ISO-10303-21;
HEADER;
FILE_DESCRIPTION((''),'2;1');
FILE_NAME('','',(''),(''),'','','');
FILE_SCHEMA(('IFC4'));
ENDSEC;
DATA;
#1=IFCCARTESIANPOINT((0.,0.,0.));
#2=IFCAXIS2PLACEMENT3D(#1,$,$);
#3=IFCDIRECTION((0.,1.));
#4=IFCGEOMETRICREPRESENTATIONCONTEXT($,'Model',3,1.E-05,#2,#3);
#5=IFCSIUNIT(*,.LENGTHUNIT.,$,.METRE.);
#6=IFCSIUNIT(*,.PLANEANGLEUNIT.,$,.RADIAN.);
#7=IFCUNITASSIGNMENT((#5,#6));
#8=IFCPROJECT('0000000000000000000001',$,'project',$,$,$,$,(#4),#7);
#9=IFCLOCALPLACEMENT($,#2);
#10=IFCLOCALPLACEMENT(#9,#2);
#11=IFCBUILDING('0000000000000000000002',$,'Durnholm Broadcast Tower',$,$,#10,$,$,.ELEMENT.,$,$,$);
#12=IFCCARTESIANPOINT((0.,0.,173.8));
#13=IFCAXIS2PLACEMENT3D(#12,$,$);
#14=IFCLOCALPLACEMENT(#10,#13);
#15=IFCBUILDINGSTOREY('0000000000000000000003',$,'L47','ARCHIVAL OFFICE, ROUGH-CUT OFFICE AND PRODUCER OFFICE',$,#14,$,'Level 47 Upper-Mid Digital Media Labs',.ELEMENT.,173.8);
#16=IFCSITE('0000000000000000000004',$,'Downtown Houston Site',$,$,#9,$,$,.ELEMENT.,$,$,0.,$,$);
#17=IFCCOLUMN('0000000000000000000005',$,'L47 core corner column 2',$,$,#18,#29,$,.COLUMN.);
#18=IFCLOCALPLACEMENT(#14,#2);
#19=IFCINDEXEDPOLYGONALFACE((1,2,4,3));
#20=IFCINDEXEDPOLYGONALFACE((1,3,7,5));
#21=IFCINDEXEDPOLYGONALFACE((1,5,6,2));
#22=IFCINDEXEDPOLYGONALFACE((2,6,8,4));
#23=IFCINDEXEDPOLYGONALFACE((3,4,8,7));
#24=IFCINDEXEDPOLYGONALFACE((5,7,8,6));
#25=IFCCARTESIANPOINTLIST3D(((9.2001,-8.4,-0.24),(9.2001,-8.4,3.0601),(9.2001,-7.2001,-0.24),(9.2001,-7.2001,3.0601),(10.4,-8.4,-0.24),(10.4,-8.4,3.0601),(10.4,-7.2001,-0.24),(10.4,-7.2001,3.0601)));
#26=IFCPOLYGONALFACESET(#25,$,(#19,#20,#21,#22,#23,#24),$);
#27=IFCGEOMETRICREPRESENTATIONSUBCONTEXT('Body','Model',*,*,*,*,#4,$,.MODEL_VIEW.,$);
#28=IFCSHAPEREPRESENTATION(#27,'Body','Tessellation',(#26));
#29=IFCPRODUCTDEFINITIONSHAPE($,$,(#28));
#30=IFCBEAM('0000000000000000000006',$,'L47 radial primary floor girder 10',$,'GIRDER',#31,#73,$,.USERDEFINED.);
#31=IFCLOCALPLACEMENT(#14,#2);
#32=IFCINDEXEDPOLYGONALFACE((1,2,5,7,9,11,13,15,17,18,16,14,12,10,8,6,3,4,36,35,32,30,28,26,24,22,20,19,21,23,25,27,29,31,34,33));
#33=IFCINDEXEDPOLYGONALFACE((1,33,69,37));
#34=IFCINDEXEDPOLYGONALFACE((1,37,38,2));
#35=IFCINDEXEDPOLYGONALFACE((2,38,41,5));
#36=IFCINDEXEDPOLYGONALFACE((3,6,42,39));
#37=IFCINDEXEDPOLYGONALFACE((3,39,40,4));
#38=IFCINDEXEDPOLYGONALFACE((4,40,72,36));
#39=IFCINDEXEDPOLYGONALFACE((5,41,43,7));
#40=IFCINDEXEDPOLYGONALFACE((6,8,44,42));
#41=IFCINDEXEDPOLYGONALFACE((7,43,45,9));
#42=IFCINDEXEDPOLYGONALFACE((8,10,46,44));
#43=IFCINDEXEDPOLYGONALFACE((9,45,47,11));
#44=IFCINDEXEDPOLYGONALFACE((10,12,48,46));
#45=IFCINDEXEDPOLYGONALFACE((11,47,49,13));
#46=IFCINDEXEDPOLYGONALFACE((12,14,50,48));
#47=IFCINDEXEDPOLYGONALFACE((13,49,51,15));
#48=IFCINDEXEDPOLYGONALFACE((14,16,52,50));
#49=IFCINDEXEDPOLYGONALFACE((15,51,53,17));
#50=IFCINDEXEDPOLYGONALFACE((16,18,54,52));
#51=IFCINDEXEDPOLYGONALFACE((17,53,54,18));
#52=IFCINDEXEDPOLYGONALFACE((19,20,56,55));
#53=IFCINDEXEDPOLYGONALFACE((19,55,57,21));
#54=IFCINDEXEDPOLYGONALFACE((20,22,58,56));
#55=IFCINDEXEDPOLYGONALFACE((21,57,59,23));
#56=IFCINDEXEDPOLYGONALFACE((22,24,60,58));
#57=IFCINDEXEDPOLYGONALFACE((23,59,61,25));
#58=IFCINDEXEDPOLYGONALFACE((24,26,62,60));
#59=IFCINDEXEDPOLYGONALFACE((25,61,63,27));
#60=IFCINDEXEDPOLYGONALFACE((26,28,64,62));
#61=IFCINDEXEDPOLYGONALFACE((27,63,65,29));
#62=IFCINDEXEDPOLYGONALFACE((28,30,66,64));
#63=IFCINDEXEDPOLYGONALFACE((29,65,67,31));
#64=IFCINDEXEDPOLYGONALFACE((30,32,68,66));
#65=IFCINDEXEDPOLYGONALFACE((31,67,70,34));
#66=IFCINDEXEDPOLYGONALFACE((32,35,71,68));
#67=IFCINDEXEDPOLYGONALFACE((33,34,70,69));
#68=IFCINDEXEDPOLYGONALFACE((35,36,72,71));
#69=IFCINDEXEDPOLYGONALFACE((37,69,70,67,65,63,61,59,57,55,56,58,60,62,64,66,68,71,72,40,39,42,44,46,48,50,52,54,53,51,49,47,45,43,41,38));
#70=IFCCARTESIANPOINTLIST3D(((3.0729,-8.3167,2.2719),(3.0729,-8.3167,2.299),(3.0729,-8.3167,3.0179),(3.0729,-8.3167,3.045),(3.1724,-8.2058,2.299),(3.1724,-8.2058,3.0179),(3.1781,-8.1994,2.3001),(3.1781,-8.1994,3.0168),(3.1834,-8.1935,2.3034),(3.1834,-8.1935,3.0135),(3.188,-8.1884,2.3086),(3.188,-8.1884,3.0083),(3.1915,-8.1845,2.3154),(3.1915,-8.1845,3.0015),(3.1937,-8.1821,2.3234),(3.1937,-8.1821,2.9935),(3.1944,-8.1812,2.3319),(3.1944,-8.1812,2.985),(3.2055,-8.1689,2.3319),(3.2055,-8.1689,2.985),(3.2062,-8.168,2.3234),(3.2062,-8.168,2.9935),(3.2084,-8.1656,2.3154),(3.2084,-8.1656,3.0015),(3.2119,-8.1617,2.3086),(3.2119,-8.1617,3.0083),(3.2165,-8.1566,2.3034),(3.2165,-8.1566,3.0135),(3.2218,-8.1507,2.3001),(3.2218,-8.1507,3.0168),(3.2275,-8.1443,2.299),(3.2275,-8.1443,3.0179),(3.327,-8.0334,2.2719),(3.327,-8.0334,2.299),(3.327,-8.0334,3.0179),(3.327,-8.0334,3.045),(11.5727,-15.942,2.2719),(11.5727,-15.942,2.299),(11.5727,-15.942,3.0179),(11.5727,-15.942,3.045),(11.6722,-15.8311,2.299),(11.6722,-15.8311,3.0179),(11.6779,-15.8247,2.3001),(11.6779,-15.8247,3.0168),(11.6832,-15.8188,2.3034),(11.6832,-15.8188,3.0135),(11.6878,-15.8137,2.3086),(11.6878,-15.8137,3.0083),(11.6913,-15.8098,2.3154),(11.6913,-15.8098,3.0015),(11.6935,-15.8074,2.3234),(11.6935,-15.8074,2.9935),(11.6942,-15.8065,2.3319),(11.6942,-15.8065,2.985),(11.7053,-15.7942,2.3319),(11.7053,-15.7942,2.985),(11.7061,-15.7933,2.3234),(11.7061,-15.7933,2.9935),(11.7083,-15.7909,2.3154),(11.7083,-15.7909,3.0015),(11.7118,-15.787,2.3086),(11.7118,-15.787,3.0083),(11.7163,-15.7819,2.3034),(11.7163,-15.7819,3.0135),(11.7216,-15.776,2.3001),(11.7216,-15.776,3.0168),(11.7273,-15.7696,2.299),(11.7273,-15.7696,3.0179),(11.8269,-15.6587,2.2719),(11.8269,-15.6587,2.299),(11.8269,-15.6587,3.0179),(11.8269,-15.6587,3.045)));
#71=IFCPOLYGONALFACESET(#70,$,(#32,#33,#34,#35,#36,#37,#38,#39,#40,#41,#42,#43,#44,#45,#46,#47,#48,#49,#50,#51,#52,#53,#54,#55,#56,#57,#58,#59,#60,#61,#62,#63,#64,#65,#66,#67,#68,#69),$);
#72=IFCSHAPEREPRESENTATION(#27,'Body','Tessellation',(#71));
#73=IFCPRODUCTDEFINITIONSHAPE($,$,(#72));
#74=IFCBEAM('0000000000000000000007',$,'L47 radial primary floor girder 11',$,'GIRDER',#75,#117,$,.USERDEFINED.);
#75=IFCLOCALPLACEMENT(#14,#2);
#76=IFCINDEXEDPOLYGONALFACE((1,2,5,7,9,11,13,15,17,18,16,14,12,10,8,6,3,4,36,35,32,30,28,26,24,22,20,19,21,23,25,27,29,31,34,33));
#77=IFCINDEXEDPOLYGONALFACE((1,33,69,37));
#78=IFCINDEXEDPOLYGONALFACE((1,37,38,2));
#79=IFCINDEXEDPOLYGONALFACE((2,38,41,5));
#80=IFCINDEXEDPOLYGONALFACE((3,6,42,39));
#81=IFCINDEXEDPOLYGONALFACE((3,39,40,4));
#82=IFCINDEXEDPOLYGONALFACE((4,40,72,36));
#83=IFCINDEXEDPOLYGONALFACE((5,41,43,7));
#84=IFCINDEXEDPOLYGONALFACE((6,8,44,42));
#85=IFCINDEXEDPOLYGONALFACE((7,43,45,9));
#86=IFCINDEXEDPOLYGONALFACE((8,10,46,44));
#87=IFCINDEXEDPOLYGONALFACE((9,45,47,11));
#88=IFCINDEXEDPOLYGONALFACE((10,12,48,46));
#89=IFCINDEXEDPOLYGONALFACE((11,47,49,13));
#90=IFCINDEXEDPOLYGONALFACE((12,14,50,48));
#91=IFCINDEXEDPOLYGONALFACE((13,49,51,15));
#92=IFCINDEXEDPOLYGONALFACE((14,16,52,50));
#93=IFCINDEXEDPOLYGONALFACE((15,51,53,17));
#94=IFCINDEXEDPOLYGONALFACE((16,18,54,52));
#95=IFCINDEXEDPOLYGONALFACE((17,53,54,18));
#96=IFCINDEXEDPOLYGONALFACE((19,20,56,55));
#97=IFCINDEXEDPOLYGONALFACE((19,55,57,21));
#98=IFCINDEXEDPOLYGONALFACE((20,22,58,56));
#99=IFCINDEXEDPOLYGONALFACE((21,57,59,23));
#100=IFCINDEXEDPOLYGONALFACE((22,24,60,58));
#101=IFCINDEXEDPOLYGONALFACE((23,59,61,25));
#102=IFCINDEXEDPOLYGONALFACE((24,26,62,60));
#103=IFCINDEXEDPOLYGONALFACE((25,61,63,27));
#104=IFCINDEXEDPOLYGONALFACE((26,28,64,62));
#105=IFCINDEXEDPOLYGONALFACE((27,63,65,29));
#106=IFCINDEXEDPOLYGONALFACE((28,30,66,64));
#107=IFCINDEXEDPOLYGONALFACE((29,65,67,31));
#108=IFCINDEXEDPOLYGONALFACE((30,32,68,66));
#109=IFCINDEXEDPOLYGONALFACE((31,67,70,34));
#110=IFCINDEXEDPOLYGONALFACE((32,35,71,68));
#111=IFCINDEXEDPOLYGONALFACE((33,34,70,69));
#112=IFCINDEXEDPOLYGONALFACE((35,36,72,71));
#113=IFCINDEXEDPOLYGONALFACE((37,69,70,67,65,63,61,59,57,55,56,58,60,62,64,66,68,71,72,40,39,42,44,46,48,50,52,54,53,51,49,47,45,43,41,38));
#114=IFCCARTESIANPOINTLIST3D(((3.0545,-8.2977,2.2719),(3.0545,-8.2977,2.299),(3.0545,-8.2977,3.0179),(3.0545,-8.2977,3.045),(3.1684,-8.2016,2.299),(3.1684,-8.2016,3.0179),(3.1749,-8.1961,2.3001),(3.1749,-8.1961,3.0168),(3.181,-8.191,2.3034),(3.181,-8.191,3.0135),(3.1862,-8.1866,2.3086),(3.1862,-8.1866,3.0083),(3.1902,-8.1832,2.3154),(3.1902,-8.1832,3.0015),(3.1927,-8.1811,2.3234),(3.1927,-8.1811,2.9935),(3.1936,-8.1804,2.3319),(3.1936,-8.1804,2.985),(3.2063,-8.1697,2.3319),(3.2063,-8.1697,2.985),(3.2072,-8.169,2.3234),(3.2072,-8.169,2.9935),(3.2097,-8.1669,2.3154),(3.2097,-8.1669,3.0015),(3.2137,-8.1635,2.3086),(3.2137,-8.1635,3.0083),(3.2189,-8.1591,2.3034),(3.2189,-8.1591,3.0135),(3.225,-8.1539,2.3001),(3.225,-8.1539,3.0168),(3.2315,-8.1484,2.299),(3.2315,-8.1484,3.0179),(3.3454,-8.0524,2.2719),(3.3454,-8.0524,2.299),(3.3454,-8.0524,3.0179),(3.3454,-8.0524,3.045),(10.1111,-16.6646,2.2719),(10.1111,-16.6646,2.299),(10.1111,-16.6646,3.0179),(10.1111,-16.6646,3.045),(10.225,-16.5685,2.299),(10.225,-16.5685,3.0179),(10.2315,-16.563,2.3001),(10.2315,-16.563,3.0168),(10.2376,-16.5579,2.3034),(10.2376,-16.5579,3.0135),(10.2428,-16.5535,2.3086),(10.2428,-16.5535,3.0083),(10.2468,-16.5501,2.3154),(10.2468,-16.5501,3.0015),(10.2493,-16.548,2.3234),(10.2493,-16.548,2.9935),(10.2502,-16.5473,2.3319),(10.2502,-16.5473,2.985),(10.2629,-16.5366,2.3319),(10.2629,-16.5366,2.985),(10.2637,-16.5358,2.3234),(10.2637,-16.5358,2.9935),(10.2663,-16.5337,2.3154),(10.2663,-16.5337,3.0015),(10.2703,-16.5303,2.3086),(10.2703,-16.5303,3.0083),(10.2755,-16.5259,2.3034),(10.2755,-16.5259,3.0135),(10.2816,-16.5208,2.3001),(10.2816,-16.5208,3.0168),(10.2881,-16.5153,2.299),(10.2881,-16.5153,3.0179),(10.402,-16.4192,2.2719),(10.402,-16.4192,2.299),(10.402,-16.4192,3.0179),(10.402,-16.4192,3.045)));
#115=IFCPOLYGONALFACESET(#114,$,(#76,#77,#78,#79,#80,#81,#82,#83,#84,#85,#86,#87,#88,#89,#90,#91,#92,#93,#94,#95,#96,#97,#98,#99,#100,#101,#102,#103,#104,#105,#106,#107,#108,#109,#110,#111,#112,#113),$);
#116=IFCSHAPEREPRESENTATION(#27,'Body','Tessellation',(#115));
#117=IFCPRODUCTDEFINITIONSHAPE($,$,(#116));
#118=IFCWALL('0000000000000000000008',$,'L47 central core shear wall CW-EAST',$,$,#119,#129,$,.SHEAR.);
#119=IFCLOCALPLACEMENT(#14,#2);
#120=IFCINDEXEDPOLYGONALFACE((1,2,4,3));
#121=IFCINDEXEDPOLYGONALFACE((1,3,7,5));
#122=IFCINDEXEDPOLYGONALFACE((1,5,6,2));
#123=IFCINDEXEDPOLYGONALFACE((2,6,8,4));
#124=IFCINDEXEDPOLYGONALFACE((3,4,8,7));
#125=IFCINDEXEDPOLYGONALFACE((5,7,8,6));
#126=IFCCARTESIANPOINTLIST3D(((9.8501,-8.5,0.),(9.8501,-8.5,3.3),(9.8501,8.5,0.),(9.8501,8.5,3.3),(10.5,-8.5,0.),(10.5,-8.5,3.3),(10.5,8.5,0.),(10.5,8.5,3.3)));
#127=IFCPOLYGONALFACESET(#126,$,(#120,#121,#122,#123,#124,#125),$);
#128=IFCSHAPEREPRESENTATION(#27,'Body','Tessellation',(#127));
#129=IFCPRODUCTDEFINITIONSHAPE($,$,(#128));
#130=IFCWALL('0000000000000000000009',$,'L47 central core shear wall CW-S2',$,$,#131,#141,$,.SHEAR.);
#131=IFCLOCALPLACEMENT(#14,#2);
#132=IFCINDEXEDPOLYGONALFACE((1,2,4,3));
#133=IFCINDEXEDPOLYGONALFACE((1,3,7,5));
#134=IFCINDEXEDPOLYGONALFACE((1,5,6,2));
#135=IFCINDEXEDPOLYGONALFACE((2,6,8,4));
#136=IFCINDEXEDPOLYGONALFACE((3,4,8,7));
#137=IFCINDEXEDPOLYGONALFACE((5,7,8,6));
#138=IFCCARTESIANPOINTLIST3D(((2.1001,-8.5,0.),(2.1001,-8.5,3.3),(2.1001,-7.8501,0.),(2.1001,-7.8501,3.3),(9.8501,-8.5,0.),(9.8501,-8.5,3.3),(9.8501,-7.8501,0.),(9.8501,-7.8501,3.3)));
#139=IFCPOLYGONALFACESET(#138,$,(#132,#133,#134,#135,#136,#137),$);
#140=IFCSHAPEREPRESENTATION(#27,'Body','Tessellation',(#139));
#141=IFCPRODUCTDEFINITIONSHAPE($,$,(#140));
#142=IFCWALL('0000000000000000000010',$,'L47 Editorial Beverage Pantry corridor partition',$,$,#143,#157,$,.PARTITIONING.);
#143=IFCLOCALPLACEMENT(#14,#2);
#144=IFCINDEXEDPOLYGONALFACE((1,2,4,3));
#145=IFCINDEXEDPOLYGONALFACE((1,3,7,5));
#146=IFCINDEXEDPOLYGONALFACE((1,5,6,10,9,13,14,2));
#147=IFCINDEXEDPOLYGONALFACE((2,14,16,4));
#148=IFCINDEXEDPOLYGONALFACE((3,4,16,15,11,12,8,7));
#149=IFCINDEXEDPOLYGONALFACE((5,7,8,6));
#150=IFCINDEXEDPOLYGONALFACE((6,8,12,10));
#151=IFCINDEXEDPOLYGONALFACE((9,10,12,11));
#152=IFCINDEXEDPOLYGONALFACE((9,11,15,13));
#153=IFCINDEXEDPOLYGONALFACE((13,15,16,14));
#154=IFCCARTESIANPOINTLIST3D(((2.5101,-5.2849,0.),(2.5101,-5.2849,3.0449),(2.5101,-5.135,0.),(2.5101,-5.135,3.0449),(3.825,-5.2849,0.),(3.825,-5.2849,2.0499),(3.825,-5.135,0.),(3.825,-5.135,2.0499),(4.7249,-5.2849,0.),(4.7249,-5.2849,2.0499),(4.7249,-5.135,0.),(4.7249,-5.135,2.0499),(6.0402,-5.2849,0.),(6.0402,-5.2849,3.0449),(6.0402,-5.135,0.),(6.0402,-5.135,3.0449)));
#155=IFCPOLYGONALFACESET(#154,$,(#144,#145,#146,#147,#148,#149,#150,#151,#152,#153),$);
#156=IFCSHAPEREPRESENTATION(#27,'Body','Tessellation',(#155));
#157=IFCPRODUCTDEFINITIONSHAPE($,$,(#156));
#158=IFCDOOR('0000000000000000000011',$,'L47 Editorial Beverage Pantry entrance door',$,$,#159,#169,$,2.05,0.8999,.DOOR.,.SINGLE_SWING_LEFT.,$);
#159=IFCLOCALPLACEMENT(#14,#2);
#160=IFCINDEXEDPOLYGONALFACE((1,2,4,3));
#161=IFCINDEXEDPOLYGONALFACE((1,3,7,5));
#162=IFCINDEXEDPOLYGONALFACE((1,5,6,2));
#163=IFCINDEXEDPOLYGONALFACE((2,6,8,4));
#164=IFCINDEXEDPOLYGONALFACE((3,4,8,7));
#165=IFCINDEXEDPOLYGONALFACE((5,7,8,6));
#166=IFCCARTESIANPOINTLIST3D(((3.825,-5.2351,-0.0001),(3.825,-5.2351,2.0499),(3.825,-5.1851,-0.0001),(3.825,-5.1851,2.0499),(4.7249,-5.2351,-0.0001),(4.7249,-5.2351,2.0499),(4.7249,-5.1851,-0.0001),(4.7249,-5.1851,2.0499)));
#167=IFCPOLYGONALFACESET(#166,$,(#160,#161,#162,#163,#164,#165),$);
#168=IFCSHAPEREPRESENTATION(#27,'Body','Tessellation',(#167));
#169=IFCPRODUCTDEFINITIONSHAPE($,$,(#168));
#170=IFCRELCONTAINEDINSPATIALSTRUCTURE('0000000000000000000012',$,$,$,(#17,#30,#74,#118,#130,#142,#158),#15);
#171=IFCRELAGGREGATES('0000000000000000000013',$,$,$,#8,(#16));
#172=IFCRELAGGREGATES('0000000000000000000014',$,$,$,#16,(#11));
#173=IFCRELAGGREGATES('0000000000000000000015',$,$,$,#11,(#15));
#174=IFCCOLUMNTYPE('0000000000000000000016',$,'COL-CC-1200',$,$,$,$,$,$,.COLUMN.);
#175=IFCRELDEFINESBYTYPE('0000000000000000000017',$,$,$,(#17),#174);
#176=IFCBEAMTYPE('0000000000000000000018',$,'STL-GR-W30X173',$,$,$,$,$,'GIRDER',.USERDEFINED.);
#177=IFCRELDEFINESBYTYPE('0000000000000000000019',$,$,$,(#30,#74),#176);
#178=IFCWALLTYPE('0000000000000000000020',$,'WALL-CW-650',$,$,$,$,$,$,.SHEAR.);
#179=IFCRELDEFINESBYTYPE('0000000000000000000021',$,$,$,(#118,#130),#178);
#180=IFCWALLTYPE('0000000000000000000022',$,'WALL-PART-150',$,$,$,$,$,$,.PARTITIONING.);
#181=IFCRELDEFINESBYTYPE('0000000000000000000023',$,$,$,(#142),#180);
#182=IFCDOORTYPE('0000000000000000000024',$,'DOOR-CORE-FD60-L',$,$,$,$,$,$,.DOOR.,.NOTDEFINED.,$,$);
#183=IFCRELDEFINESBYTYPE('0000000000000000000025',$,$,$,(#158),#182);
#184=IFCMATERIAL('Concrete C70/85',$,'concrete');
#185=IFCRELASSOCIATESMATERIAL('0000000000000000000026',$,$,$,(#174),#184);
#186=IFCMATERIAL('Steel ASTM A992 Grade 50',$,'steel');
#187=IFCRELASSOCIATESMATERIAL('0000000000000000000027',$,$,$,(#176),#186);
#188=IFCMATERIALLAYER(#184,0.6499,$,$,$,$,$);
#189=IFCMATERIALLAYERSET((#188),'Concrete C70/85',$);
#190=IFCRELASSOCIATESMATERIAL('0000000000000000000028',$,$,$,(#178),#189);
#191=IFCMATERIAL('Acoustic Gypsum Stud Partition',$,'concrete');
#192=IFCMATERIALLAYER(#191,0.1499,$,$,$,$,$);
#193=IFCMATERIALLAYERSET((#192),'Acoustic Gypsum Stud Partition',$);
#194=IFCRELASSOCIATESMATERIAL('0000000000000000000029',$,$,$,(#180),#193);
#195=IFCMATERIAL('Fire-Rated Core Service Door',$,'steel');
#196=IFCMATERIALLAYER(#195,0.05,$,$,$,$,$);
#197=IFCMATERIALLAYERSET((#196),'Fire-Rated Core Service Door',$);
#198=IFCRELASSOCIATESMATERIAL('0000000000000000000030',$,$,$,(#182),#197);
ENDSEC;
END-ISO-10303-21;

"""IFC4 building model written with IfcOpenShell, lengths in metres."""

from ifc_helpers import new_model, si_unit, direction, frame, frame_2d, origin, origin_2d, place, context, subcontext, project, spatial, rectangle, i_section, extrude, source, transform, mapped, material, layer, layer_set, material_profile, profile_set, type_object, type_shapes, element, fill, save


model = new_model("IFC4")

# Units and contexts
model_context = context("Model", 3, precision=1e-05, world=origin(), true_north=direction((0.0, 1.0)))
body_context = subcontext(model_context, "Body", "Model", "MODEL_VIEW")
ifc_project = project(units=[si_unit("LENGTHUNIT", "METRE"), si_unit("PLANEANGLEUNIT", "RADIAN")], contexts=[model_context])

# Site, building, storey
site_placement = place(None, origin())
site = spatial("IfcSite", under=ifc_project, at=site_placement, Name="Downtown Houston Site", CompositionType="ELEMENT", RefElevation=0.0)
building_placement = place(site_placement, origin())
building = spatial("IfcBuilding", under=site, at=building_placement, Name="Durnholm Broadcast Tower", CompositionType="ELEMENT")
storey_placement = place(building_placement, frame((0.0, 0.0, 173.8)))
storey = spatial("IfcBuildingStorey", under=building, at=storey_placement, Name="L47", Description="ARCHIVAL OFFICE, ROUGH-CUT OFFICE AND PRODUCER OFFICE", LongName="Level 47 Upper-Mid Digital Media Labs", CompositionType="ELEMENT", Elevation=173.8)

# Column
ifc_material_1 = material(Name="Concrete C70/85", Category="concrete")
ifc_material_profile_1 = material_profile(ifc_material_1, rectangle(XDim=1.2, YDim=1.2, at=origin_2d()), Name="RC1200X1200")
ifc_profile_set_1 = profile_set([ifc_material_profile_1], Name="Concrete C70/85")
column_type = type_object("IfcColumnType", Name="COL-CC-1200", PredefinedType="COLUMN", material=ifc_profile_set_1)
shared_shape_1 = source(origin(), body_context, "Body", "SweptSolid", [
    extrude(rectangle(XDim=1.2, YDim=1.2, at=origin_2d()), origin(), (0.0, 0.0, 1.0), 3.3),
])
type_shapes(column_type, [shared_shape_1])
column_placement = place(storey_placement, frame((9.8, -7.8, -0.24), z_axis=(0.0, 0.0, 1.0), x_axis=(1.0, 0.0, 0.0)))
element("IfcColumn", 1, at=column_placement, inside=storey, type_object=column_type, Name="L47 core corner column 2", PredefinedType="COLUMN", context=body_context, shape_type="MappedRepresentation", body=[
    mapped(shared_shape_1, transform((0.0, 0.0, 0.0), x_axis=(1.0, 0.0, 0.0), y_axis=(0.0, 1.0, 0.0), z_axis=(0.0, 0.0, 1.0), scale=1.0)),
])

# Beams
ifc_material_2 = material(Name="Steel ASTM A992 Grade 50", Category="steel")
ifc_material_profile_2 = material_profile(ifc_material_2, i_section(OverallWidth=0.3806, OverallDepth=0.7732, WebThickness=0.0166, FlangeThickness=0.0271, FilletRadius=0.033, at=origin_2d()), Name="W30X173")
ifc_profile_set_2 = profile_set([ifc_material_profile_2], Name="Steel ASTM A992 Grade 50")
beam_type = type_object("IfcBeamType", Name="STL-GR-W30X173", ElementType="GIRDER", PredefinedType="USERDEFINED", material=ifc_profile_set_2)
shared_shape_2 = source(origin(), body_context, "Body", "SweptSolid", [
    extrude(i_section(OverallWidth=0.3806, OverallDepth=0.7732, WebThickness=0.0166, FlangeThickness=0.0271, FilletRadius=0.033, at=origin_2d()), origin(), (0.0, 0.0, 1.0), 11.4189),
])
beam_1_placement = place(storey_placement, frame((3.2, -8.175, 2.6584), z_axis=(0.744362, -0.667777, 0.0), x_axis=(0.667777, 0.744362, 0.0)))
element("IfcBeam", 2, at=beam_1_placement, inside=storey, type_object=beam_type, Name="L47 radial primary floor girder 10", ObjectType="GIRDER", PredefinedType="USERDEFINED", context=body_context, shape_type="MappedRepresentation", body=[
    mapped(shared_shape_2, transform((0.0, 0.0, 0.0), x_axis=(1.0, 0.0, 0.0), y_axis=(0.0, 1.0, 0.0), z_axis=(0.0, 0.0, 1.0), scale=1.0)),
])
shared_shape_3 = source(origin(), body_context, "Body", "SweptSolid", [
    extrude(i_section(OverallWidth=0.3806, OverallDepth=0.7732, WebThickness=0.0166, FlangeThickness=0.0271, FilletRadius=0.033, at=origin_2d()), origin(), (0.0, 0.0, 1.0), 10.9453),
])
type_shapes(beam_type, [shared_shape_2, shared_shape_3])
beam_2_placement = place(storey_placement, frame((3.2, -8.175, 2.6584), z_axis=(0.644713, -0.764425, 0.0), x_axis=(0.764425, 0.644713, 0.0)))
element("IfcBeam", 3, at=beam_2_placement, inside=storey, type_object=beam_type, Name="L47 radial primary floor girder 11", ObjectType="GIRDER", PredefinedType="USERDEFINED", context=body_context, shape_type="MappedRepresentation", body=[
    mapped(shared_shape_3, transform((0.0, 0.0, 0.0), x_axis=(1.0, 0.0, 0.0), y_axis=(0.0, 1.0, 0.0), z_axis=(0.0, 0.0, 1.0), scale=1.0)),
])

# Walls
ifc_layer_1 = layer(ifc_material_1, 0.6499)
ifc_layer_set_1 = layer_set([ifc_layer_1], Name="Concrete C70/85")
wall_type_1 = type_object("IfcWallType", Name="WALL-CW-650", PredefinedType="SHEAR", material=ifc_layer_set_1)
wall_1_placement = place(storey_placement, frame((10.175, -8.5, 0.0), z_axis=(0.0, 0.0, 1.0), x_axis=(0.0, 1.0, 0.0)))
element("IfcWall", 4, at=wall_1_placement, inside=storey, type_object=wall_type_1, Name="L47 central core shear wall CW-EAST", PredefinedType="SHEAR", context=body_context, shape_type="SweptSolid", body=[
    extrude(rectangle(XDim=17.0, YDim=0.6499, at=frame_2d((8.5, 0.0))), origin(), (0.0, 0.0, 1.0), 3.3),
])
wall_2_placement = place(storey_placement, frame((2.1001, -8.175, 0.0), z_axis=(0.0, 0.0, 1.0), x_axis=(1.0, 0.0, 0.0)))
element("IfcWall", 5, at=wall_2_placement, inside=storey, type_object=wall_type_1, Name="L47 central core shear wall CW-S2", PredefinedType="SHEAR", context=body_context, shape_type="SweptSolid", body=[
    extrude(rectangle(XDim=7.75, YDim=0.6499, at=frame_2d((3.875, 0.0))), origin(), (0.0, 0.0, 1.0), 3.3),
])

# Wall, opening, door
ifc_material_3 = material(Name="Acoustic Gypsum Stud Partition", Category="concrete")
ifc_layer_2 = layer(ifc_material_3, 0.1499)
ifc_layer_set_2 = layer_set([ifc_layer_2], Name="Acoustic Gypsum Stud Partition")
wall_type_2 = type_object("IfcWallType", Name="WALL-PART-150", PredefinedType="PARTITIONING", material=ifc_layer_set_2)
wall_3_placement = place(storey_placement, frame((2.51, -5.21, 0.0), z_axis=(0.0, 0.0, 1.0), x_axis=(1.0, 0.0, 0.0)))
wall_3 = element("IfcWall", 6, at=wall_3_placement, inside=storey, type_object=wall_type_2, Name="L47 Editorial Beverage Pantry corridor partition", PredefinedType="PARTITIONING", context=body_context, shape_type="SweptSolid", body=[
    extrude(rectangle(XDim=3.53, YDim=0.1499, at=frame_2d((1.7651, 0.0))), origin(), (0.0, 0.0, 1.0), 3.0449),
])
opening_1_placement = place(wall_3_placement, frame((1.3149, 0.0, 0.0)))
opening_1 = element("IfcOpeningElement", 7, at=opening_1_placement, cuts=wall_3, PredefinedType="OPENING", context=body_context, shape_type="SweptSolid", body=[
    extrude(rectangle(XDim=0.8999, YDim=2.05, at=frame_2d((0.45, 1.0249))), frame((0.0, 0.085, 0.0), z_axis=(0.0, -1.0, 0.0), x_axis=(1.0, 0.0, 0.0)), (0.0, 0.0, 1.0), 0.1699),
])
ifc_material_4 = material(Name="Fire-Rated Core Service Door", Category="steel")
ifc_layer_3 = layer(ifc_material_4, 0.05)
ifc_layer_set_3 = layer_set([ifc_layer_3], Name="Fire-Rated Core Service Door")
door_type_1 = type_object("IfcDoorType", Name="DOOR-CORE-FD60-L", OperationType="NOTDEFINED", PredefinedType="DOOR", material=ifc_layer_set_3)
shared_shape_4 = source(origin(), body_context, "Body", "SweptSolid", [
    extrude(rectangle(XDim=0.8999, YDim=2.05, at=frame_2d((0.45, 1.0249))), frame((0.0, 0.0249, 0.0), z_axis=(0.0, -1.0, 0.0), x_axis=(1.0, 0.0, 0.0)), (0.0, 0.0, 1.0), 0.05),
])
type_shapes(door_type_1, [shared_shape_4])
door_1_placement = place(opening_1_placement, origin())
door_1 = element("IfcDoor", 8, at=door_1_placement, inside=storey, type_object=door_type_1, Name="L47 Editorial Beverage Pantry entrance door", OperationType="SINGLE_SWING_LEFT", OverallHeight=2.05, OverallWidth=0.8999, PredefinedType="DOOR", context=body_context, shape_type="MappedRepresentation", body=[
    mapped(shared_shape_4, transform((0.0, 0.0, 0.0), x_axis=(1.0, 0.0, 0.0), y_axis=(0.0, 1.0, 0.0), z_axis=(0.0, 0.0, 1.0), scale=1.0)),
])
fill(opening_1, door_1)

save(model, "model.ifc")
